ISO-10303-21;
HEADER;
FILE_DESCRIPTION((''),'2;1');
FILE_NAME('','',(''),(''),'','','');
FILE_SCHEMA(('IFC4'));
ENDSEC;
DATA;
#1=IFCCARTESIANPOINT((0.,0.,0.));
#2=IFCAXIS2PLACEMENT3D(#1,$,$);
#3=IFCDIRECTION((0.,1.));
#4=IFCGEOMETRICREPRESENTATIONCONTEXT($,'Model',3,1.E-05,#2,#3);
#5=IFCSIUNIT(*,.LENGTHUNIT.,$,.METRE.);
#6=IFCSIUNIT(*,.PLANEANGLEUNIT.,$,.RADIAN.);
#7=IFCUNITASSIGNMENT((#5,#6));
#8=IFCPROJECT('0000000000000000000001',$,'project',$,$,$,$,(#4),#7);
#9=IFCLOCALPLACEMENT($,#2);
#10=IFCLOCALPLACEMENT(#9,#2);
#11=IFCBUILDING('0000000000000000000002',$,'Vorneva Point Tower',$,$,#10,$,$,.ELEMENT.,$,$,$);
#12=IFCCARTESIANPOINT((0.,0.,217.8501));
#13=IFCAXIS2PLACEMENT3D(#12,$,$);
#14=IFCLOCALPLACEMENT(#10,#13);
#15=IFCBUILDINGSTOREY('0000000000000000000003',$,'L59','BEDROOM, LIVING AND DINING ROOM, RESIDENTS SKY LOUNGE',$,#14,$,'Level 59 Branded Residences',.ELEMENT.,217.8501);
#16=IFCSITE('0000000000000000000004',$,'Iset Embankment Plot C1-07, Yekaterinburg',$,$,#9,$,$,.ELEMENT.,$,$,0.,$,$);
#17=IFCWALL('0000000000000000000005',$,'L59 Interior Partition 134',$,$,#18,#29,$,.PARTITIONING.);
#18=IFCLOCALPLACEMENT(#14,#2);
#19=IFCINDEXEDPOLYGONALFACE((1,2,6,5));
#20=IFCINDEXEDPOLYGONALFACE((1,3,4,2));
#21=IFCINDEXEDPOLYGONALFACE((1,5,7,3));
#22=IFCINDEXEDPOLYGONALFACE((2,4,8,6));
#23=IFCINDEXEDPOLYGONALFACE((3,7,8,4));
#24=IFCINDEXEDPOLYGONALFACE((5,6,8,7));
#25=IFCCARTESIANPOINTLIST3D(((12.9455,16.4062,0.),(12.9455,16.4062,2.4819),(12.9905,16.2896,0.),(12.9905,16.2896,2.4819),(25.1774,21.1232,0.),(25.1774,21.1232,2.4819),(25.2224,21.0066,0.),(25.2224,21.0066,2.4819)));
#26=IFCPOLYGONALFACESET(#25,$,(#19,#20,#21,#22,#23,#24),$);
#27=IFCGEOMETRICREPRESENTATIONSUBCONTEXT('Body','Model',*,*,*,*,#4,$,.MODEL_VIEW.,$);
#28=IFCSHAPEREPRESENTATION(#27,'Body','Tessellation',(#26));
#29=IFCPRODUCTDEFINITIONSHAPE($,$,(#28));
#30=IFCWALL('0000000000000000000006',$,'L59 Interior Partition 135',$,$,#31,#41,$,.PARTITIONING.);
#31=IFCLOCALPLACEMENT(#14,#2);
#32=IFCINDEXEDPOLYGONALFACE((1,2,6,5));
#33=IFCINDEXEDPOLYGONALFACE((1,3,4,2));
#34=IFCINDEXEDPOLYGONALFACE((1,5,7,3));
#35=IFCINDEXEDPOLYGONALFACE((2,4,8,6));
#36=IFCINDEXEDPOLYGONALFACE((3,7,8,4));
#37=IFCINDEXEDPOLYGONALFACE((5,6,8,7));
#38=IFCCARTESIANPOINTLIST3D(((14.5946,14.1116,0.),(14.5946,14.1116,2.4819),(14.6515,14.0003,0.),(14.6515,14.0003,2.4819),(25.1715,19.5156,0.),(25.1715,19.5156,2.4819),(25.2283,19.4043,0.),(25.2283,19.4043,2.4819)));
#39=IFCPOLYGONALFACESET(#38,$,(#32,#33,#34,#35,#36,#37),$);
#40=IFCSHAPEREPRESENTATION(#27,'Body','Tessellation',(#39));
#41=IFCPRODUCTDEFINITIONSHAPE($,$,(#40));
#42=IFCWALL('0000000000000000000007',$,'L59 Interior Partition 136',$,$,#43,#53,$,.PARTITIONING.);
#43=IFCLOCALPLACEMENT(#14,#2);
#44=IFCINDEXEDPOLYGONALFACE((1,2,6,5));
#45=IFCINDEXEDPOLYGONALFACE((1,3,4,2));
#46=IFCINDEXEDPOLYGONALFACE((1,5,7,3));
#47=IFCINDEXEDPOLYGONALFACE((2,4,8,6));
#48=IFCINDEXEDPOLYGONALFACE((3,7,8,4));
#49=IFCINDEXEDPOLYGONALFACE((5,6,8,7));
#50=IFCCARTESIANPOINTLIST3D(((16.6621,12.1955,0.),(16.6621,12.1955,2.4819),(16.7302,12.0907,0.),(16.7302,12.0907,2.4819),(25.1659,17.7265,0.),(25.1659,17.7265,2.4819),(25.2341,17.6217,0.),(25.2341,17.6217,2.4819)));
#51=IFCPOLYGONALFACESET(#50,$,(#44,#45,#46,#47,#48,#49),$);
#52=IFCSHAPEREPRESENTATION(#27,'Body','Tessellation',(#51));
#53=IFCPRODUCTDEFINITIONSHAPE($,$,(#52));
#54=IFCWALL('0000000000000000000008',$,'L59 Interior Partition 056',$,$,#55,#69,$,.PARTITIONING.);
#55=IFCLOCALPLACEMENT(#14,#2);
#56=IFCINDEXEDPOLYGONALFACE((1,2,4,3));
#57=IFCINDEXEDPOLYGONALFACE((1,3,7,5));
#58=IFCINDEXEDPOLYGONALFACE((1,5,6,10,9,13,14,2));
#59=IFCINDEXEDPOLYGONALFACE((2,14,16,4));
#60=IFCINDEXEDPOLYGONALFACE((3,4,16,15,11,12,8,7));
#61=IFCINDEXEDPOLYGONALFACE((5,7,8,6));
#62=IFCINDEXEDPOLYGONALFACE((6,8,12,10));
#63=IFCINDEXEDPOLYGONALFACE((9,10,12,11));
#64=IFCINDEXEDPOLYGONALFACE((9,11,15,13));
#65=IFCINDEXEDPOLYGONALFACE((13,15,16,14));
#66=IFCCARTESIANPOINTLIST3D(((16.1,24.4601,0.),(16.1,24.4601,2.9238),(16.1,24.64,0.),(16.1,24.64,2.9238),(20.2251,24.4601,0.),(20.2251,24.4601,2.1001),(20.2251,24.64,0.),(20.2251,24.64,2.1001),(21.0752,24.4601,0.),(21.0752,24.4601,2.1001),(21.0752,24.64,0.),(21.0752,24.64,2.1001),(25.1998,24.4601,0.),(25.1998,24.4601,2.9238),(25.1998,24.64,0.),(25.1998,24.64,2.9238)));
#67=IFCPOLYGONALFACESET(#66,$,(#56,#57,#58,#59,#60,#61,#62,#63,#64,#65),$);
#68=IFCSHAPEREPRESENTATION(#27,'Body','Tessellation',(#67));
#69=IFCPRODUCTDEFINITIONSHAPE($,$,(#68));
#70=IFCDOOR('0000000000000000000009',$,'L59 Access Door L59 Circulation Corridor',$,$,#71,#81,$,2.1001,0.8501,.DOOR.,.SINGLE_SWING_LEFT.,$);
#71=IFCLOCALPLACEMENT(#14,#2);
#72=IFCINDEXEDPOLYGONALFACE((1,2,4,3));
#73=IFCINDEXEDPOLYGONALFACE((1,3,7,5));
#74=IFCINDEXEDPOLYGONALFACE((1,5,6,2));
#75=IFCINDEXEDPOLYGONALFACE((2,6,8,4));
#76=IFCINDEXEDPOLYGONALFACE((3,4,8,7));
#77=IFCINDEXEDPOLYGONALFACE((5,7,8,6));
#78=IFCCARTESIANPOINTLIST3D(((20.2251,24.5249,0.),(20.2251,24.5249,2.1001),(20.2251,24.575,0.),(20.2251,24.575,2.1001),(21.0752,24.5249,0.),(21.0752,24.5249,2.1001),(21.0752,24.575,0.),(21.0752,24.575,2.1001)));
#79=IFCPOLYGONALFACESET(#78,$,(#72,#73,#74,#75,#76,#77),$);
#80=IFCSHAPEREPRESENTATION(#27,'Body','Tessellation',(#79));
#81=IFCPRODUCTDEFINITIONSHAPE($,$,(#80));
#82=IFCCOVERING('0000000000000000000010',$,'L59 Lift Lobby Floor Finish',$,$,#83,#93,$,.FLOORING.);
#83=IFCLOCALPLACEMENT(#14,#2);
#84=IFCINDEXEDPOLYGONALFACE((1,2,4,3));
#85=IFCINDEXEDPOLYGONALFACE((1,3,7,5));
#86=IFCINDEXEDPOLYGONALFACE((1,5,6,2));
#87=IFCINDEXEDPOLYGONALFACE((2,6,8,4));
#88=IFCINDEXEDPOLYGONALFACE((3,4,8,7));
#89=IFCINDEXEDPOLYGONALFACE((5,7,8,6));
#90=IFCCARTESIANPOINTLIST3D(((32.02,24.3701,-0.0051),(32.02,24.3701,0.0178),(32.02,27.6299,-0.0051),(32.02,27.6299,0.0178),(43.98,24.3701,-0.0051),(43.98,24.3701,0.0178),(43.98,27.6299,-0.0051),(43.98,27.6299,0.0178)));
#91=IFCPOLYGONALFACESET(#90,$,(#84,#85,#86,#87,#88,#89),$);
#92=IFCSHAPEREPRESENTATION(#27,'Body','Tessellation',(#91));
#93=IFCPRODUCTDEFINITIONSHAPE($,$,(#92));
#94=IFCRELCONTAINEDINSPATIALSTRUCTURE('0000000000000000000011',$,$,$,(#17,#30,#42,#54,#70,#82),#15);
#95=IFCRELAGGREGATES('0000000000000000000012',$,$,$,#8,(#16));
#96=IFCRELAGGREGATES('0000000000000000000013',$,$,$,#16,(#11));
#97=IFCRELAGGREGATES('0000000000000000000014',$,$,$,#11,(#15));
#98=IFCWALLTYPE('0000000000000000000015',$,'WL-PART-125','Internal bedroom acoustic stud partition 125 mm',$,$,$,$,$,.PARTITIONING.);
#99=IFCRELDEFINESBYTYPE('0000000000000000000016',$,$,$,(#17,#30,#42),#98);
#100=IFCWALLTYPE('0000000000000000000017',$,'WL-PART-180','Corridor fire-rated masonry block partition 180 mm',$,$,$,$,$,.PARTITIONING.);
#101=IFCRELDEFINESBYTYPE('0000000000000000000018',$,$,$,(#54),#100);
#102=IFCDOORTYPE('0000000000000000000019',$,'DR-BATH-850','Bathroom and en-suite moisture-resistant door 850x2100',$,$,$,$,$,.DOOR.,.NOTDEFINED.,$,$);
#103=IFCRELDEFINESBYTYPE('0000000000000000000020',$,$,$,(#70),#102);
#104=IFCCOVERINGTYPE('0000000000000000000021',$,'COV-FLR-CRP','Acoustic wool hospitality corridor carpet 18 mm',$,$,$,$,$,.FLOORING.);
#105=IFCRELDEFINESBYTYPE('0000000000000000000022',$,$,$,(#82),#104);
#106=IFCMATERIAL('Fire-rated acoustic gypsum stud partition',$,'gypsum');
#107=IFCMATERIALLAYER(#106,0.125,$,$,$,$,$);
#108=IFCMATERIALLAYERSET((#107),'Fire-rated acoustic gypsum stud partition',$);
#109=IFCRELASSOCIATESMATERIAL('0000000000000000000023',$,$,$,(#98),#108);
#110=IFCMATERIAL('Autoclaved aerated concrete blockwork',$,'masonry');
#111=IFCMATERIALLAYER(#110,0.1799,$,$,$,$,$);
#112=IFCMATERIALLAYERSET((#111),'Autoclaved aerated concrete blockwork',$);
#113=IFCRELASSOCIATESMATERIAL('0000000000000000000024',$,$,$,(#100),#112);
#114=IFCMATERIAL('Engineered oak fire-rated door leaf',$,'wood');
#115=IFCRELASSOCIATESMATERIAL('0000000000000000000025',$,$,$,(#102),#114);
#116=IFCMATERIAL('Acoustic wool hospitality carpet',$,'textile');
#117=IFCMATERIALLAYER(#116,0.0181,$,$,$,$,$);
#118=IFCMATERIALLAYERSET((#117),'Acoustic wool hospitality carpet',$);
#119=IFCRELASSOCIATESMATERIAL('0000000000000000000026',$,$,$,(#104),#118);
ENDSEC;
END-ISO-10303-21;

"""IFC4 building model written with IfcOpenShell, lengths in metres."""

from ifc_helpers import new_model, si_unit, direction, frame, frame_2d, origin, place, context, subcontext, project, spatial, polyline, rectangle, outline, extrude, material, layer, layer_set, type_object, element, fill, save


model = new_model("IFC4")

# Units and contexts
model_context = context("Model", 3, precision=1e-05, world=origin(), true_north=direction((0.0, 1.0)))
body_context = subcontext(model_context, "Body", "Model", "MODEL_VIEW")
ifc_project = project(units=[si_unit("LENGTHUNIT", "METRE"), si_unit("PLANEANGLEUNIT", "RADIAN")], contexts=[model_context])

# Site, building, storey
site_placement = place(None, origin())
site = spatial("IfcSite", under=ifc_project, at=site_placement, Name="Iset Embankment Plot C1-07, Yekaterinburg", CompositionType="ELEMENT", RefElevation=0.0)
building_placement = place(site_placement, origin())
building = spatial("IfcBuilding", under=site, at=building_placement, Name="Vorneva Point Tower", CompositionType="ELEMENT")
storey_placement = place(building_placement, frame((0.0, 0.0, 217.8501)))
storey = spatial("IfcBuildingStorey", under=building, at=storey_placement, Name="L59", Description="BEDROOM, LIVING AND DINING ROOM, RESIDENTS SKY LOUNGE", LongName="Level 59 Branded Residences", CompositionType="ELEMENT", Elevation=217.8501)

# Walls
ifc_material_1 = material(Name="Fire-rated acoustic gypsum stud partition", Category="gypsum")
ifc_layer_1 = layer(ifc_material_1, 0.125)
ifc_layer_set_1 = layer_set([ifc_layer_1], Name="Fire-rated acoustic gypsum stud partition")
wall_type_1 = type_object("IfcWallType", Name="WL-PART-125", Description="Internal bedroom acoustic stud partition 125 mm", PredefinedType="PARTITIONING", material=ifc_layer_set_1)
wall_1_placement = place(storey_placement, frame((12.968, 16.3479, 0.0), z_axis=(0.0, 0.0, 1.0), x_axis=(0.933027, 0.359806, 0.0)))
element("IfcWall", 1, at=wall_1_placement, inside=storey, type_object=wall_type_1, Name="L59 Interior Partition 134", PredefinedType="PARTITIONING", context=body_context, shape_type="SweptSolid", body=[
    extrude(rectangle(XDim=13.1099, YDim=0.125, at=frame_2d((6.5549, 0.0))), origin(), (0.0, 0.0, 1.0), 2.4819),
])
wall_2_placement = place(storey_placement, frame((14.623, 14.0559, 0.0), z_axis=(0.0, 0.0, 1.0), x_axis=(0.8905, 0.454983, 0.0)))
element("IfcWall", 2, at=wall_2_placement, inside=storey, type_object=wall_type_1, Name="L59 Interior Partition 135", PredefinedType="PARTITIONING", context=body_context, shape_type="SweptSolid", body=[
    extrude(rectangle(XDim=11.8774, YDim=0.125, at=frame_2d((5.9387, 0.0))), origin(), (0.0, 0.0, 1.0), 2.4819),
])
wall_3_placement = place(storey_placement, frame((16.696, 12.1431, 0.0), z_axis=(0.0, 0.0, 1.0), x_axis=(0.838287, 0.545229, 0.0)))
element("IfcWall", 3, at=wall_3_placement, inside=storey, type_object=wall_type_1, Name="L59 Interior Partition 136", PredefinedType="PARTITIONING", context=body_context, shape_type="SweptSolid", body=[
    extrude(rectangle(XDim=10.1443, YDim=0.125, at=frame_2d((5.0723, 0.0))), origin(), (0.0, 0.0, 1.0), 2.4819),
])

# Wall, opening, door
ifc_material_2 = material(Name="Autoclaved aerated concrete blockwork", Category="masonry")
ifc_layer_2 = layer(ifc_material_2, 0.1799)
ifc_layer_set_2 = layer_set([ifc_layer_2], Name="Autoclaved aerated concrete blockwork")
wall_type_2 = type_object("IfcWallType", Name="WL-PART-180", Description="Corridor fire-rated masonry block partition 180 mm", PredefinedType="PARTITIONING", material=ifc_layer_set_2)
wall_4_placement = place(storey_placement, frame((16.1001, 24.55, 0.0), z_axis=(0.0, 0.0, 1.0), x_axis=(1.0, 0.0, 0.0)))
wall_4 = element("IfcWall", 4, at=wall_4_placement, inside=storey, type_object=wall_type_2, Name="L59 Interior Partition 056", PredefinedType="PARTITIONING", context=body_context, shape_type="SweptSolid", body=[
    extrude(rectangle(XDim=9.0999, YDim=0.1799, at=frame_2d((4.5498, 0.0))), origin(), (0.0, 0.0, 1.0), 2.9238),
])
opening_placement = place(wall_4_placement, frame((4.125, 0.0, 0.0)))
opening = element("IfcOpeningElement", 5, at=opening_placement, cuts=wall_4, PredefinedType="OPENING", context=body_context, shape_type="SweptSolid", body=[
    extrude(rectangle(XDim=0.8501, YDim=2.1001, at=frame_2d((0.425, 1.05))), frame((0.0, 0.105, 0.0), z_axis=(0.0, -1.0, 0.0), x_axis=(1.0, 0.0, 0.0)), (0.0, 0.0, 1.0), 0.2097),
])
ifc_material_3 = material(Name="Engineered oak fire-rated door leaf", Category="wood")
door_type = type_object("IfcDoorType", Name="DR-BATH-850", Description="Bathroom and en-suite moisture-resistant door 850x2100", OperationType="NOTDEFINED", PredefinedType="DOOR", material=ifc_material_3)
door_placement = place(opening_placement, origin())
door = element("IfcDoor", 6, at=door_placement, inside=storey, type_object=door_type, Name="L59 Access Door L59 Circulation Corridor", OperationType="SINGLE_SWING_LEFT", OverallHeight=2.1001, OverallWidth=0.8501, PredefinedType="DOOR", context=body_context, shape_type="SweptSolid", body=[
    extrude(rectangle(XDim=0.8501, YDim=2.1001, at=frame_2d((0.425, 1.05))), frame((0.0, 0.0249, 0.0), z_axis=(0.0, -1.0, 0.0), x_axis=(1.0, 0.0, 0.0)), (0.0, 0.0, 1.0), 0.05),
])
fill(opening, door)

# Covering
ifc_material_4 = material(Name="Acoustic wool hospitality carpet", Category="textile")
ifc_layer_3 = layer(ifc_material_4, 0.0181)
ifc_layer_set_3 = layer_set([ifc_layer_3], Name="Acoustic wool hospitality carpet")
covering_type = type_object("IfcCoveringType", Name="COV-FLR-CRP", Description="Acoustic wool hospitality corridor carpet 18 mm", PredefinedType="FLOORING", material=ifc_layer_set_3)
covering_placement = place(storey_placement, frame((0.0, 0.0, -0.0051)))
element("IfcCovering", 7, at=covering_placement, inside=storey, type_object=covering_type, Name="L59 Lift Lobby Floor Finish", PredefinedType="FLOORING", context=body_context, shape_type="SweptSolid", body=[
    extrude(outline(polyline([(32.02, 24.3701), (43.98, 24.3701), (43.98, 27.6299), (32.02, 27.6299), (32.02, 24.3701)])), origin(), (0.0, 0.0, 1.0), 0.0229),
])

save(model, "model.ifc")
